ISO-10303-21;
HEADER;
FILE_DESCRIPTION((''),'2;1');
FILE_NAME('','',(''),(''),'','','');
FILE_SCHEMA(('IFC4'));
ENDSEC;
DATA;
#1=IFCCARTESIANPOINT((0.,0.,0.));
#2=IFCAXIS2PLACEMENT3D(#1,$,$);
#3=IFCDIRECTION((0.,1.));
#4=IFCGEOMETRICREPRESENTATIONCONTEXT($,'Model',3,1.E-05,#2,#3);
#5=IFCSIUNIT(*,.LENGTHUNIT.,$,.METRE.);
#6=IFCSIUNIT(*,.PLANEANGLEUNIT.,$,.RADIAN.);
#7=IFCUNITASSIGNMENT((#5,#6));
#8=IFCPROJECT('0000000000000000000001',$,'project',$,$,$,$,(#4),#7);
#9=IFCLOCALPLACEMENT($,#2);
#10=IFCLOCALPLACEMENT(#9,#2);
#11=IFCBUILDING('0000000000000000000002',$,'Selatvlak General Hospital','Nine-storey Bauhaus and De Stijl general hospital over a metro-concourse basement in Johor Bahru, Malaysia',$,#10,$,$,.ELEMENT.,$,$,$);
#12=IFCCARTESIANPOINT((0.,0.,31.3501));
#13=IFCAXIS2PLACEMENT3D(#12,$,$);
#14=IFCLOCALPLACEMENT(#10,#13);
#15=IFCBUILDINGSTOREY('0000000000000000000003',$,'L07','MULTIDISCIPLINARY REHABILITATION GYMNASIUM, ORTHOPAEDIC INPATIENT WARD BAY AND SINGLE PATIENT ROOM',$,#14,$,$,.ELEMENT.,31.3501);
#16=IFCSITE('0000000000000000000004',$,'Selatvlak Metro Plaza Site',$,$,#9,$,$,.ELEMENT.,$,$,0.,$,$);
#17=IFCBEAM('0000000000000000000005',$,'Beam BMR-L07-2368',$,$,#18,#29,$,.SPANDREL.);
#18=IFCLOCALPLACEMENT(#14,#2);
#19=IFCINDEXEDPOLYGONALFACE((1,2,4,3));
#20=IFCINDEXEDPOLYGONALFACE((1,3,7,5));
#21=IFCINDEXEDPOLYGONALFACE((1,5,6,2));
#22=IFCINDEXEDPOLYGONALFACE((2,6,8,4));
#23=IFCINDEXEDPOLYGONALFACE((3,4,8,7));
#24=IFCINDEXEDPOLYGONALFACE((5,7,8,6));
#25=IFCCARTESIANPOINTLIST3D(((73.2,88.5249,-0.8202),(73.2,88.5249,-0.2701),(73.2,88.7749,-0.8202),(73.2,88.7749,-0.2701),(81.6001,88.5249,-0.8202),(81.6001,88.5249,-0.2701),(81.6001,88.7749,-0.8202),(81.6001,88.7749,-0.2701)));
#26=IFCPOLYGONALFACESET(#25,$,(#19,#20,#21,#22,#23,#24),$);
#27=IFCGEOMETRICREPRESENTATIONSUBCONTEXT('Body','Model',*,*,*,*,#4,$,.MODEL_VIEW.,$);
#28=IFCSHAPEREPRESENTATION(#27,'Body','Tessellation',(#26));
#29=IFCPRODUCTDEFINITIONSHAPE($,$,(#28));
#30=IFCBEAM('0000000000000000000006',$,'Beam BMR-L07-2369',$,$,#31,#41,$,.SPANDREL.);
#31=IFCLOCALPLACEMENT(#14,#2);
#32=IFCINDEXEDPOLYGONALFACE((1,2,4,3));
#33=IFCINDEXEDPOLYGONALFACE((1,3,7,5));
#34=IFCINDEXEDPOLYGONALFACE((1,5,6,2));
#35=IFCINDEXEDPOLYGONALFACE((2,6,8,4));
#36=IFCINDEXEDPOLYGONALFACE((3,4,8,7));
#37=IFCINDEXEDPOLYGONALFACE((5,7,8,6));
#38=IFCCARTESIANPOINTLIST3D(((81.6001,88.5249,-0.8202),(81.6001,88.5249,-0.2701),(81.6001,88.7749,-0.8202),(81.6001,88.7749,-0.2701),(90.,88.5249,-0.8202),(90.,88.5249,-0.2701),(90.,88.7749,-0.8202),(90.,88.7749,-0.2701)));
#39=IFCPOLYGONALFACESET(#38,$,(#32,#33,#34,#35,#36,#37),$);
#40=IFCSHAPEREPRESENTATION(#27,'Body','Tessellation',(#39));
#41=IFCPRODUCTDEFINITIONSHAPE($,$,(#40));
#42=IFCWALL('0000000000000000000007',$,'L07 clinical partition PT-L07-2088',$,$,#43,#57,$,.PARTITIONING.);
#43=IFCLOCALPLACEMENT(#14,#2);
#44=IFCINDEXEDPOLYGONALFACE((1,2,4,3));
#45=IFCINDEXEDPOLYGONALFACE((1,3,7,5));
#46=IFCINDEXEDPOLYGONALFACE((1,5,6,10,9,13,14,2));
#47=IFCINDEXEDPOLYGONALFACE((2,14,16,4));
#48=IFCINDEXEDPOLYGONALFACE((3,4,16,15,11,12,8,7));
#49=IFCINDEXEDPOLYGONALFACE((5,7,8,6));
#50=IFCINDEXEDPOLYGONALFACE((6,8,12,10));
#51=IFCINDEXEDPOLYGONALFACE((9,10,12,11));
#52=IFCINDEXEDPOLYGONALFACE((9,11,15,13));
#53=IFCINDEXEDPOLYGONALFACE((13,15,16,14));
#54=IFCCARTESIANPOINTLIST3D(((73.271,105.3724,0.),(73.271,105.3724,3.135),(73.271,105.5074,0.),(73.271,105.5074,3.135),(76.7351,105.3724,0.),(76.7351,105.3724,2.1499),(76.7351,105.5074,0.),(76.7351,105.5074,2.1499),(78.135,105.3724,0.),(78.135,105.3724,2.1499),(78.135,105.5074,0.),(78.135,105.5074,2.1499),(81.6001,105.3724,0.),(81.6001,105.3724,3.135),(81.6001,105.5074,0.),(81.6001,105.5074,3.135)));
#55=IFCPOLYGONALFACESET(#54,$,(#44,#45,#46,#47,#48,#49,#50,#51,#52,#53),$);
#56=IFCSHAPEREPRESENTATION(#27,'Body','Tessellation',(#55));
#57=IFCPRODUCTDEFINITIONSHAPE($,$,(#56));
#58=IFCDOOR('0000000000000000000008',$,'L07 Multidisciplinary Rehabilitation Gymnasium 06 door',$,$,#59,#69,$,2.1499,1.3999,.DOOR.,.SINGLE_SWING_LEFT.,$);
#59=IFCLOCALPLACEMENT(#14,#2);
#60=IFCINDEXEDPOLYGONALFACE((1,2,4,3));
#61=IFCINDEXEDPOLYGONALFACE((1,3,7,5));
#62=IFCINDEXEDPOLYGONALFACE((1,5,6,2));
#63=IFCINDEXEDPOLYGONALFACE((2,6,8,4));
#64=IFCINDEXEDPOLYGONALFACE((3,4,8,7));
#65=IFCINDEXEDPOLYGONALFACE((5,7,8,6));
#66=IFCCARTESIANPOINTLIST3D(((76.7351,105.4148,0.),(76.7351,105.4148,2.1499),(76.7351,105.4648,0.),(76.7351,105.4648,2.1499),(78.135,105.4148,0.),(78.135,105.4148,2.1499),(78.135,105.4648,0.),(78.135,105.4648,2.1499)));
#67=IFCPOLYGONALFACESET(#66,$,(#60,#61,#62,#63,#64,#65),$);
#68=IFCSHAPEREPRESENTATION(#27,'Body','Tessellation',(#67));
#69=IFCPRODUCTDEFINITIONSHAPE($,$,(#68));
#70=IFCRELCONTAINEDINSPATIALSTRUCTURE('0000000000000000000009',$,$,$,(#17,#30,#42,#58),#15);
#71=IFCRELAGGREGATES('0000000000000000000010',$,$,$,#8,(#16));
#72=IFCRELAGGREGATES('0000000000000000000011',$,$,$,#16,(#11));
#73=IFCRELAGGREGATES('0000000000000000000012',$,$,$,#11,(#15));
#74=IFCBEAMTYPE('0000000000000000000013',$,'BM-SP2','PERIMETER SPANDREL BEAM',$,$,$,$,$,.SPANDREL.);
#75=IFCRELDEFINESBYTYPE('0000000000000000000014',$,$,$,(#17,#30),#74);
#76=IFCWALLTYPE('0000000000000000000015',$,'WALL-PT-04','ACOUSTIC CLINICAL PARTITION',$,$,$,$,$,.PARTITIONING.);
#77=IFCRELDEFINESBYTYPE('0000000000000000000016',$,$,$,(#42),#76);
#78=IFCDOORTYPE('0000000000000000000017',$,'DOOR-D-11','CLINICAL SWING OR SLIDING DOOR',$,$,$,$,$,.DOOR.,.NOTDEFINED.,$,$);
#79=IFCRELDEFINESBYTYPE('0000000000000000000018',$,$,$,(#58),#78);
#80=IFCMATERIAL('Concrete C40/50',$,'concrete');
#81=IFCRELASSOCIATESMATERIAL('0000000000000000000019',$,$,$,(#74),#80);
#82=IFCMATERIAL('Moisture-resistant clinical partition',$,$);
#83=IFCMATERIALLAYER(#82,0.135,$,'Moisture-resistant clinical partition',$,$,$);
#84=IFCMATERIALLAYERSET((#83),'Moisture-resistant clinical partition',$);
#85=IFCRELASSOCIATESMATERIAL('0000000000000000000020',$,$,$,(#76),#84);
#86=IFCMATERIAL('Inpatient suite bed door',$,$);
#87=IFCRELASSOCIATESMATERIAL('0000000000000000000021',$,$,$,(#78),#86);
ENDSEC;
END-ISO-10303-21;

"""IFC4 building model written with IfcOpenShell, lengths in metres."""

from ifc_helpers import new_model, si_unit, direction, frame, frame_2d, origin, origin_2d, place, context, subcontext, project, spatial, rectangle, extrude, material, layer, layer_set, material_profile, profile_set, type_object, element, fill, save


model = new_model("IFC4")

# Units and contexts
model_context = context("Model", 3, precision=1e-05, world=origin(), true_north=direction((0.0, 1.0)))
body_context = subcontext(model_context, "Body", "Model", "MODEL_VIEW")
ifc_project = project(units=[si_unit("LENGTHUNIT", "METRE"), si_unit("PLANEANGLEUNIT", "RADIAN")], contexts=[model_context])

# Site, building, storey
site_placement = place(None, origin())
site = spatial("IfcSite", under=ifc_project, at=site_placement, Name="Selatvlak Metro Plaza Site", CompositionType="ELEMENT", RefElevation=0.0)
building_placement = place(site_placement, origin())
building = spatial("IfcBuilding", under=site, at=building_placement, Name="Selatvlak General Hospital", Description="Nine-storey Bauhaus and De Stijl general hospital over a metro-concourse basement in Johor Bahru, Malaysia", CompositionType="ELEMENT")
storey_placement = place(building_placement, frame((0.0, 0.0, 31.3501)))
storey = spatial("IfcBuildingStorey", under=building, at=storey_placement, Name="L07", Description="MULTIDISCIPLINARY REHABILITATION GYMNASIUM, ORTHOPAEDIC INPATIENT WARD BAY AND SINGLE PATIENT ROOM", CompositionType="ELEMENT", Elevation=31.3501)

# Shared definitions
ifc_material_1 = material(Name="Concrete C40/50", Category="concrete")

# Beams
ifc_material_profile_1 = material_profile(ifc_material_1, rectangle(XDim=0.25, YDim=0.55, at=origin_2d()), Name="RC-SP 250x550")
ifc_profile_set_1 = profile_set([ifc_material_profile_1], Name="Concrete C40/50")
beam_type_1 = type_object("IfcBeamType", Name="BM-SP2", Description="PERIMETER SPANDREL BEAM", PredefinedType="SPANDREL", material=ifc_profile_set_1)
beam_1_placement = place(storey_placement, frame((73.2, 88.6499, -0.5452), z_axis=(1.0, 0.0, 0.0), x_axis=(0.0, 1.0, 0.0)))
element("IfcBeam", 1, at=beam_1_placement, inside=storey, type_object=beam_type_1, Name="Beam BMR-L07-2368", PredefinedType="SPANDREL", context=body_context, shape_type="SweptSolid", body=[
    extrude(rectangle(XDim=0.25, YDim=0.55, at=origin_2d()), origin(), (0.0, 0.0, 1.0), 8.4001),
])
beam_2_placement = place(storey_placement, frame((81.6001, 88.6499, -0.5452), z_axis=(1.0, 0.0, 0.0), x_axis=(0.0, 1.0, 0.0)))
element("IfcBeam", 2, at=beam_2_placement, inside=storey, type_object=beam_type_1, Name="Beam BMR-L07-2369", PredefinedType="SPANDREL", context=body_context, shape_type="SweptSolid", body=[
    extrude(rectangle(XDim=0.25, YDim=0.55, at=origin_2d()), origin(), (0.0, 0.0, 1.0), 8.3999),
])

# Wall, opening, door
ifc_material_2 = material(Name="Moisture-resistant clinical partition")
ifc_layer = layer(ifc_material_2, 0.135, Name="Moisture-resistant clinical partition")
ifc_layer_set = layer_set([ifc_layer], Name="Moisture-resistant clinical partition")
wall_type = type_object("IfcWallType", Name="WALL-PT-04", Description="ACOUSTIC CLINICAL PARTITION", PredefinedType="PARTITIONING", material=ifc_layer_set)
wall_placement = place(storey_placement, frame((73.271, 105.4399, 0.0), z_axis=(0.0, 0.0, 1.0), x_axis=(1.0, 0.0, 0.0)))
wall = element("IfcWall", 3, at=wall_placement, inside=storey, type_object=wall_type, Name="L07 clinical partition PT-L07-2088", PredefinedType="PARTITIONING", context=body_context, shape_type="SweptSolid", body=[
    extrude(rectangle(XDim=8.3291, YDim=0.135, at=frame_2d((4.1646, 0.0))), origin(), (0.0, 0.0, 1.0), 3.135),
])
opening_placement = place(wall_placement, frame((3.4641, 0.0, 0.0)))
opening = element("IfcOpeningElement", 4, at=opening_placement, cuts=wall, PredefinedType="OPENING", context=body_context, shape_type="SweptSolid", body=[
    extrude(rectangle(XDim=1.3999, YDim=2.1499, at=frame_2d((0.7, 1.075))), frame((0.0, 0.0774, 0.0), z_axis=(0.0, -1.0, 0.0), x_axis=(1.0, 0.0, 0.0)), (0.0, 0.0, 1.0), 0.155),
])
ifc_material_3 = material(Name="Inpatient suite bed door")
door_type = type_object("IfcDoorType", Name="DOOR-D-11", Description="CLINICAL SWING OR SLIDING DOOR", OperationType="NOTDEFINED", PredefinedType="DOOR", material=ifc_material_3)
door_placement = place(opening_placement, origin())
door = element("IfcDoor", 5, at=door_placement, inside=storey, type_object=door_type, Name="L07 Multidisciplinary Rehabilitation Gymnasium 06 door", OperationType="SINGLE_SWING_LEFT", OverallHeight=2.1499, OverallWidth=1.3999, PredefinedType="DOOR", context=body_context, shape_type="SweptSolid", body=[
    extrude(rectangle(XDim=1.3999, YDim=2.1499, at=frame_2d((0.7, 1.075))), frame((0.0, 0.0249, 0.0), z_axis=(0.0, -1.0, 0.0), x_axis=(1.0, 0.0, 0.0)), (0.0, 0.0, 1.0), 0.05),
])
fill(opening, door)

save(model, "model.ifc")
